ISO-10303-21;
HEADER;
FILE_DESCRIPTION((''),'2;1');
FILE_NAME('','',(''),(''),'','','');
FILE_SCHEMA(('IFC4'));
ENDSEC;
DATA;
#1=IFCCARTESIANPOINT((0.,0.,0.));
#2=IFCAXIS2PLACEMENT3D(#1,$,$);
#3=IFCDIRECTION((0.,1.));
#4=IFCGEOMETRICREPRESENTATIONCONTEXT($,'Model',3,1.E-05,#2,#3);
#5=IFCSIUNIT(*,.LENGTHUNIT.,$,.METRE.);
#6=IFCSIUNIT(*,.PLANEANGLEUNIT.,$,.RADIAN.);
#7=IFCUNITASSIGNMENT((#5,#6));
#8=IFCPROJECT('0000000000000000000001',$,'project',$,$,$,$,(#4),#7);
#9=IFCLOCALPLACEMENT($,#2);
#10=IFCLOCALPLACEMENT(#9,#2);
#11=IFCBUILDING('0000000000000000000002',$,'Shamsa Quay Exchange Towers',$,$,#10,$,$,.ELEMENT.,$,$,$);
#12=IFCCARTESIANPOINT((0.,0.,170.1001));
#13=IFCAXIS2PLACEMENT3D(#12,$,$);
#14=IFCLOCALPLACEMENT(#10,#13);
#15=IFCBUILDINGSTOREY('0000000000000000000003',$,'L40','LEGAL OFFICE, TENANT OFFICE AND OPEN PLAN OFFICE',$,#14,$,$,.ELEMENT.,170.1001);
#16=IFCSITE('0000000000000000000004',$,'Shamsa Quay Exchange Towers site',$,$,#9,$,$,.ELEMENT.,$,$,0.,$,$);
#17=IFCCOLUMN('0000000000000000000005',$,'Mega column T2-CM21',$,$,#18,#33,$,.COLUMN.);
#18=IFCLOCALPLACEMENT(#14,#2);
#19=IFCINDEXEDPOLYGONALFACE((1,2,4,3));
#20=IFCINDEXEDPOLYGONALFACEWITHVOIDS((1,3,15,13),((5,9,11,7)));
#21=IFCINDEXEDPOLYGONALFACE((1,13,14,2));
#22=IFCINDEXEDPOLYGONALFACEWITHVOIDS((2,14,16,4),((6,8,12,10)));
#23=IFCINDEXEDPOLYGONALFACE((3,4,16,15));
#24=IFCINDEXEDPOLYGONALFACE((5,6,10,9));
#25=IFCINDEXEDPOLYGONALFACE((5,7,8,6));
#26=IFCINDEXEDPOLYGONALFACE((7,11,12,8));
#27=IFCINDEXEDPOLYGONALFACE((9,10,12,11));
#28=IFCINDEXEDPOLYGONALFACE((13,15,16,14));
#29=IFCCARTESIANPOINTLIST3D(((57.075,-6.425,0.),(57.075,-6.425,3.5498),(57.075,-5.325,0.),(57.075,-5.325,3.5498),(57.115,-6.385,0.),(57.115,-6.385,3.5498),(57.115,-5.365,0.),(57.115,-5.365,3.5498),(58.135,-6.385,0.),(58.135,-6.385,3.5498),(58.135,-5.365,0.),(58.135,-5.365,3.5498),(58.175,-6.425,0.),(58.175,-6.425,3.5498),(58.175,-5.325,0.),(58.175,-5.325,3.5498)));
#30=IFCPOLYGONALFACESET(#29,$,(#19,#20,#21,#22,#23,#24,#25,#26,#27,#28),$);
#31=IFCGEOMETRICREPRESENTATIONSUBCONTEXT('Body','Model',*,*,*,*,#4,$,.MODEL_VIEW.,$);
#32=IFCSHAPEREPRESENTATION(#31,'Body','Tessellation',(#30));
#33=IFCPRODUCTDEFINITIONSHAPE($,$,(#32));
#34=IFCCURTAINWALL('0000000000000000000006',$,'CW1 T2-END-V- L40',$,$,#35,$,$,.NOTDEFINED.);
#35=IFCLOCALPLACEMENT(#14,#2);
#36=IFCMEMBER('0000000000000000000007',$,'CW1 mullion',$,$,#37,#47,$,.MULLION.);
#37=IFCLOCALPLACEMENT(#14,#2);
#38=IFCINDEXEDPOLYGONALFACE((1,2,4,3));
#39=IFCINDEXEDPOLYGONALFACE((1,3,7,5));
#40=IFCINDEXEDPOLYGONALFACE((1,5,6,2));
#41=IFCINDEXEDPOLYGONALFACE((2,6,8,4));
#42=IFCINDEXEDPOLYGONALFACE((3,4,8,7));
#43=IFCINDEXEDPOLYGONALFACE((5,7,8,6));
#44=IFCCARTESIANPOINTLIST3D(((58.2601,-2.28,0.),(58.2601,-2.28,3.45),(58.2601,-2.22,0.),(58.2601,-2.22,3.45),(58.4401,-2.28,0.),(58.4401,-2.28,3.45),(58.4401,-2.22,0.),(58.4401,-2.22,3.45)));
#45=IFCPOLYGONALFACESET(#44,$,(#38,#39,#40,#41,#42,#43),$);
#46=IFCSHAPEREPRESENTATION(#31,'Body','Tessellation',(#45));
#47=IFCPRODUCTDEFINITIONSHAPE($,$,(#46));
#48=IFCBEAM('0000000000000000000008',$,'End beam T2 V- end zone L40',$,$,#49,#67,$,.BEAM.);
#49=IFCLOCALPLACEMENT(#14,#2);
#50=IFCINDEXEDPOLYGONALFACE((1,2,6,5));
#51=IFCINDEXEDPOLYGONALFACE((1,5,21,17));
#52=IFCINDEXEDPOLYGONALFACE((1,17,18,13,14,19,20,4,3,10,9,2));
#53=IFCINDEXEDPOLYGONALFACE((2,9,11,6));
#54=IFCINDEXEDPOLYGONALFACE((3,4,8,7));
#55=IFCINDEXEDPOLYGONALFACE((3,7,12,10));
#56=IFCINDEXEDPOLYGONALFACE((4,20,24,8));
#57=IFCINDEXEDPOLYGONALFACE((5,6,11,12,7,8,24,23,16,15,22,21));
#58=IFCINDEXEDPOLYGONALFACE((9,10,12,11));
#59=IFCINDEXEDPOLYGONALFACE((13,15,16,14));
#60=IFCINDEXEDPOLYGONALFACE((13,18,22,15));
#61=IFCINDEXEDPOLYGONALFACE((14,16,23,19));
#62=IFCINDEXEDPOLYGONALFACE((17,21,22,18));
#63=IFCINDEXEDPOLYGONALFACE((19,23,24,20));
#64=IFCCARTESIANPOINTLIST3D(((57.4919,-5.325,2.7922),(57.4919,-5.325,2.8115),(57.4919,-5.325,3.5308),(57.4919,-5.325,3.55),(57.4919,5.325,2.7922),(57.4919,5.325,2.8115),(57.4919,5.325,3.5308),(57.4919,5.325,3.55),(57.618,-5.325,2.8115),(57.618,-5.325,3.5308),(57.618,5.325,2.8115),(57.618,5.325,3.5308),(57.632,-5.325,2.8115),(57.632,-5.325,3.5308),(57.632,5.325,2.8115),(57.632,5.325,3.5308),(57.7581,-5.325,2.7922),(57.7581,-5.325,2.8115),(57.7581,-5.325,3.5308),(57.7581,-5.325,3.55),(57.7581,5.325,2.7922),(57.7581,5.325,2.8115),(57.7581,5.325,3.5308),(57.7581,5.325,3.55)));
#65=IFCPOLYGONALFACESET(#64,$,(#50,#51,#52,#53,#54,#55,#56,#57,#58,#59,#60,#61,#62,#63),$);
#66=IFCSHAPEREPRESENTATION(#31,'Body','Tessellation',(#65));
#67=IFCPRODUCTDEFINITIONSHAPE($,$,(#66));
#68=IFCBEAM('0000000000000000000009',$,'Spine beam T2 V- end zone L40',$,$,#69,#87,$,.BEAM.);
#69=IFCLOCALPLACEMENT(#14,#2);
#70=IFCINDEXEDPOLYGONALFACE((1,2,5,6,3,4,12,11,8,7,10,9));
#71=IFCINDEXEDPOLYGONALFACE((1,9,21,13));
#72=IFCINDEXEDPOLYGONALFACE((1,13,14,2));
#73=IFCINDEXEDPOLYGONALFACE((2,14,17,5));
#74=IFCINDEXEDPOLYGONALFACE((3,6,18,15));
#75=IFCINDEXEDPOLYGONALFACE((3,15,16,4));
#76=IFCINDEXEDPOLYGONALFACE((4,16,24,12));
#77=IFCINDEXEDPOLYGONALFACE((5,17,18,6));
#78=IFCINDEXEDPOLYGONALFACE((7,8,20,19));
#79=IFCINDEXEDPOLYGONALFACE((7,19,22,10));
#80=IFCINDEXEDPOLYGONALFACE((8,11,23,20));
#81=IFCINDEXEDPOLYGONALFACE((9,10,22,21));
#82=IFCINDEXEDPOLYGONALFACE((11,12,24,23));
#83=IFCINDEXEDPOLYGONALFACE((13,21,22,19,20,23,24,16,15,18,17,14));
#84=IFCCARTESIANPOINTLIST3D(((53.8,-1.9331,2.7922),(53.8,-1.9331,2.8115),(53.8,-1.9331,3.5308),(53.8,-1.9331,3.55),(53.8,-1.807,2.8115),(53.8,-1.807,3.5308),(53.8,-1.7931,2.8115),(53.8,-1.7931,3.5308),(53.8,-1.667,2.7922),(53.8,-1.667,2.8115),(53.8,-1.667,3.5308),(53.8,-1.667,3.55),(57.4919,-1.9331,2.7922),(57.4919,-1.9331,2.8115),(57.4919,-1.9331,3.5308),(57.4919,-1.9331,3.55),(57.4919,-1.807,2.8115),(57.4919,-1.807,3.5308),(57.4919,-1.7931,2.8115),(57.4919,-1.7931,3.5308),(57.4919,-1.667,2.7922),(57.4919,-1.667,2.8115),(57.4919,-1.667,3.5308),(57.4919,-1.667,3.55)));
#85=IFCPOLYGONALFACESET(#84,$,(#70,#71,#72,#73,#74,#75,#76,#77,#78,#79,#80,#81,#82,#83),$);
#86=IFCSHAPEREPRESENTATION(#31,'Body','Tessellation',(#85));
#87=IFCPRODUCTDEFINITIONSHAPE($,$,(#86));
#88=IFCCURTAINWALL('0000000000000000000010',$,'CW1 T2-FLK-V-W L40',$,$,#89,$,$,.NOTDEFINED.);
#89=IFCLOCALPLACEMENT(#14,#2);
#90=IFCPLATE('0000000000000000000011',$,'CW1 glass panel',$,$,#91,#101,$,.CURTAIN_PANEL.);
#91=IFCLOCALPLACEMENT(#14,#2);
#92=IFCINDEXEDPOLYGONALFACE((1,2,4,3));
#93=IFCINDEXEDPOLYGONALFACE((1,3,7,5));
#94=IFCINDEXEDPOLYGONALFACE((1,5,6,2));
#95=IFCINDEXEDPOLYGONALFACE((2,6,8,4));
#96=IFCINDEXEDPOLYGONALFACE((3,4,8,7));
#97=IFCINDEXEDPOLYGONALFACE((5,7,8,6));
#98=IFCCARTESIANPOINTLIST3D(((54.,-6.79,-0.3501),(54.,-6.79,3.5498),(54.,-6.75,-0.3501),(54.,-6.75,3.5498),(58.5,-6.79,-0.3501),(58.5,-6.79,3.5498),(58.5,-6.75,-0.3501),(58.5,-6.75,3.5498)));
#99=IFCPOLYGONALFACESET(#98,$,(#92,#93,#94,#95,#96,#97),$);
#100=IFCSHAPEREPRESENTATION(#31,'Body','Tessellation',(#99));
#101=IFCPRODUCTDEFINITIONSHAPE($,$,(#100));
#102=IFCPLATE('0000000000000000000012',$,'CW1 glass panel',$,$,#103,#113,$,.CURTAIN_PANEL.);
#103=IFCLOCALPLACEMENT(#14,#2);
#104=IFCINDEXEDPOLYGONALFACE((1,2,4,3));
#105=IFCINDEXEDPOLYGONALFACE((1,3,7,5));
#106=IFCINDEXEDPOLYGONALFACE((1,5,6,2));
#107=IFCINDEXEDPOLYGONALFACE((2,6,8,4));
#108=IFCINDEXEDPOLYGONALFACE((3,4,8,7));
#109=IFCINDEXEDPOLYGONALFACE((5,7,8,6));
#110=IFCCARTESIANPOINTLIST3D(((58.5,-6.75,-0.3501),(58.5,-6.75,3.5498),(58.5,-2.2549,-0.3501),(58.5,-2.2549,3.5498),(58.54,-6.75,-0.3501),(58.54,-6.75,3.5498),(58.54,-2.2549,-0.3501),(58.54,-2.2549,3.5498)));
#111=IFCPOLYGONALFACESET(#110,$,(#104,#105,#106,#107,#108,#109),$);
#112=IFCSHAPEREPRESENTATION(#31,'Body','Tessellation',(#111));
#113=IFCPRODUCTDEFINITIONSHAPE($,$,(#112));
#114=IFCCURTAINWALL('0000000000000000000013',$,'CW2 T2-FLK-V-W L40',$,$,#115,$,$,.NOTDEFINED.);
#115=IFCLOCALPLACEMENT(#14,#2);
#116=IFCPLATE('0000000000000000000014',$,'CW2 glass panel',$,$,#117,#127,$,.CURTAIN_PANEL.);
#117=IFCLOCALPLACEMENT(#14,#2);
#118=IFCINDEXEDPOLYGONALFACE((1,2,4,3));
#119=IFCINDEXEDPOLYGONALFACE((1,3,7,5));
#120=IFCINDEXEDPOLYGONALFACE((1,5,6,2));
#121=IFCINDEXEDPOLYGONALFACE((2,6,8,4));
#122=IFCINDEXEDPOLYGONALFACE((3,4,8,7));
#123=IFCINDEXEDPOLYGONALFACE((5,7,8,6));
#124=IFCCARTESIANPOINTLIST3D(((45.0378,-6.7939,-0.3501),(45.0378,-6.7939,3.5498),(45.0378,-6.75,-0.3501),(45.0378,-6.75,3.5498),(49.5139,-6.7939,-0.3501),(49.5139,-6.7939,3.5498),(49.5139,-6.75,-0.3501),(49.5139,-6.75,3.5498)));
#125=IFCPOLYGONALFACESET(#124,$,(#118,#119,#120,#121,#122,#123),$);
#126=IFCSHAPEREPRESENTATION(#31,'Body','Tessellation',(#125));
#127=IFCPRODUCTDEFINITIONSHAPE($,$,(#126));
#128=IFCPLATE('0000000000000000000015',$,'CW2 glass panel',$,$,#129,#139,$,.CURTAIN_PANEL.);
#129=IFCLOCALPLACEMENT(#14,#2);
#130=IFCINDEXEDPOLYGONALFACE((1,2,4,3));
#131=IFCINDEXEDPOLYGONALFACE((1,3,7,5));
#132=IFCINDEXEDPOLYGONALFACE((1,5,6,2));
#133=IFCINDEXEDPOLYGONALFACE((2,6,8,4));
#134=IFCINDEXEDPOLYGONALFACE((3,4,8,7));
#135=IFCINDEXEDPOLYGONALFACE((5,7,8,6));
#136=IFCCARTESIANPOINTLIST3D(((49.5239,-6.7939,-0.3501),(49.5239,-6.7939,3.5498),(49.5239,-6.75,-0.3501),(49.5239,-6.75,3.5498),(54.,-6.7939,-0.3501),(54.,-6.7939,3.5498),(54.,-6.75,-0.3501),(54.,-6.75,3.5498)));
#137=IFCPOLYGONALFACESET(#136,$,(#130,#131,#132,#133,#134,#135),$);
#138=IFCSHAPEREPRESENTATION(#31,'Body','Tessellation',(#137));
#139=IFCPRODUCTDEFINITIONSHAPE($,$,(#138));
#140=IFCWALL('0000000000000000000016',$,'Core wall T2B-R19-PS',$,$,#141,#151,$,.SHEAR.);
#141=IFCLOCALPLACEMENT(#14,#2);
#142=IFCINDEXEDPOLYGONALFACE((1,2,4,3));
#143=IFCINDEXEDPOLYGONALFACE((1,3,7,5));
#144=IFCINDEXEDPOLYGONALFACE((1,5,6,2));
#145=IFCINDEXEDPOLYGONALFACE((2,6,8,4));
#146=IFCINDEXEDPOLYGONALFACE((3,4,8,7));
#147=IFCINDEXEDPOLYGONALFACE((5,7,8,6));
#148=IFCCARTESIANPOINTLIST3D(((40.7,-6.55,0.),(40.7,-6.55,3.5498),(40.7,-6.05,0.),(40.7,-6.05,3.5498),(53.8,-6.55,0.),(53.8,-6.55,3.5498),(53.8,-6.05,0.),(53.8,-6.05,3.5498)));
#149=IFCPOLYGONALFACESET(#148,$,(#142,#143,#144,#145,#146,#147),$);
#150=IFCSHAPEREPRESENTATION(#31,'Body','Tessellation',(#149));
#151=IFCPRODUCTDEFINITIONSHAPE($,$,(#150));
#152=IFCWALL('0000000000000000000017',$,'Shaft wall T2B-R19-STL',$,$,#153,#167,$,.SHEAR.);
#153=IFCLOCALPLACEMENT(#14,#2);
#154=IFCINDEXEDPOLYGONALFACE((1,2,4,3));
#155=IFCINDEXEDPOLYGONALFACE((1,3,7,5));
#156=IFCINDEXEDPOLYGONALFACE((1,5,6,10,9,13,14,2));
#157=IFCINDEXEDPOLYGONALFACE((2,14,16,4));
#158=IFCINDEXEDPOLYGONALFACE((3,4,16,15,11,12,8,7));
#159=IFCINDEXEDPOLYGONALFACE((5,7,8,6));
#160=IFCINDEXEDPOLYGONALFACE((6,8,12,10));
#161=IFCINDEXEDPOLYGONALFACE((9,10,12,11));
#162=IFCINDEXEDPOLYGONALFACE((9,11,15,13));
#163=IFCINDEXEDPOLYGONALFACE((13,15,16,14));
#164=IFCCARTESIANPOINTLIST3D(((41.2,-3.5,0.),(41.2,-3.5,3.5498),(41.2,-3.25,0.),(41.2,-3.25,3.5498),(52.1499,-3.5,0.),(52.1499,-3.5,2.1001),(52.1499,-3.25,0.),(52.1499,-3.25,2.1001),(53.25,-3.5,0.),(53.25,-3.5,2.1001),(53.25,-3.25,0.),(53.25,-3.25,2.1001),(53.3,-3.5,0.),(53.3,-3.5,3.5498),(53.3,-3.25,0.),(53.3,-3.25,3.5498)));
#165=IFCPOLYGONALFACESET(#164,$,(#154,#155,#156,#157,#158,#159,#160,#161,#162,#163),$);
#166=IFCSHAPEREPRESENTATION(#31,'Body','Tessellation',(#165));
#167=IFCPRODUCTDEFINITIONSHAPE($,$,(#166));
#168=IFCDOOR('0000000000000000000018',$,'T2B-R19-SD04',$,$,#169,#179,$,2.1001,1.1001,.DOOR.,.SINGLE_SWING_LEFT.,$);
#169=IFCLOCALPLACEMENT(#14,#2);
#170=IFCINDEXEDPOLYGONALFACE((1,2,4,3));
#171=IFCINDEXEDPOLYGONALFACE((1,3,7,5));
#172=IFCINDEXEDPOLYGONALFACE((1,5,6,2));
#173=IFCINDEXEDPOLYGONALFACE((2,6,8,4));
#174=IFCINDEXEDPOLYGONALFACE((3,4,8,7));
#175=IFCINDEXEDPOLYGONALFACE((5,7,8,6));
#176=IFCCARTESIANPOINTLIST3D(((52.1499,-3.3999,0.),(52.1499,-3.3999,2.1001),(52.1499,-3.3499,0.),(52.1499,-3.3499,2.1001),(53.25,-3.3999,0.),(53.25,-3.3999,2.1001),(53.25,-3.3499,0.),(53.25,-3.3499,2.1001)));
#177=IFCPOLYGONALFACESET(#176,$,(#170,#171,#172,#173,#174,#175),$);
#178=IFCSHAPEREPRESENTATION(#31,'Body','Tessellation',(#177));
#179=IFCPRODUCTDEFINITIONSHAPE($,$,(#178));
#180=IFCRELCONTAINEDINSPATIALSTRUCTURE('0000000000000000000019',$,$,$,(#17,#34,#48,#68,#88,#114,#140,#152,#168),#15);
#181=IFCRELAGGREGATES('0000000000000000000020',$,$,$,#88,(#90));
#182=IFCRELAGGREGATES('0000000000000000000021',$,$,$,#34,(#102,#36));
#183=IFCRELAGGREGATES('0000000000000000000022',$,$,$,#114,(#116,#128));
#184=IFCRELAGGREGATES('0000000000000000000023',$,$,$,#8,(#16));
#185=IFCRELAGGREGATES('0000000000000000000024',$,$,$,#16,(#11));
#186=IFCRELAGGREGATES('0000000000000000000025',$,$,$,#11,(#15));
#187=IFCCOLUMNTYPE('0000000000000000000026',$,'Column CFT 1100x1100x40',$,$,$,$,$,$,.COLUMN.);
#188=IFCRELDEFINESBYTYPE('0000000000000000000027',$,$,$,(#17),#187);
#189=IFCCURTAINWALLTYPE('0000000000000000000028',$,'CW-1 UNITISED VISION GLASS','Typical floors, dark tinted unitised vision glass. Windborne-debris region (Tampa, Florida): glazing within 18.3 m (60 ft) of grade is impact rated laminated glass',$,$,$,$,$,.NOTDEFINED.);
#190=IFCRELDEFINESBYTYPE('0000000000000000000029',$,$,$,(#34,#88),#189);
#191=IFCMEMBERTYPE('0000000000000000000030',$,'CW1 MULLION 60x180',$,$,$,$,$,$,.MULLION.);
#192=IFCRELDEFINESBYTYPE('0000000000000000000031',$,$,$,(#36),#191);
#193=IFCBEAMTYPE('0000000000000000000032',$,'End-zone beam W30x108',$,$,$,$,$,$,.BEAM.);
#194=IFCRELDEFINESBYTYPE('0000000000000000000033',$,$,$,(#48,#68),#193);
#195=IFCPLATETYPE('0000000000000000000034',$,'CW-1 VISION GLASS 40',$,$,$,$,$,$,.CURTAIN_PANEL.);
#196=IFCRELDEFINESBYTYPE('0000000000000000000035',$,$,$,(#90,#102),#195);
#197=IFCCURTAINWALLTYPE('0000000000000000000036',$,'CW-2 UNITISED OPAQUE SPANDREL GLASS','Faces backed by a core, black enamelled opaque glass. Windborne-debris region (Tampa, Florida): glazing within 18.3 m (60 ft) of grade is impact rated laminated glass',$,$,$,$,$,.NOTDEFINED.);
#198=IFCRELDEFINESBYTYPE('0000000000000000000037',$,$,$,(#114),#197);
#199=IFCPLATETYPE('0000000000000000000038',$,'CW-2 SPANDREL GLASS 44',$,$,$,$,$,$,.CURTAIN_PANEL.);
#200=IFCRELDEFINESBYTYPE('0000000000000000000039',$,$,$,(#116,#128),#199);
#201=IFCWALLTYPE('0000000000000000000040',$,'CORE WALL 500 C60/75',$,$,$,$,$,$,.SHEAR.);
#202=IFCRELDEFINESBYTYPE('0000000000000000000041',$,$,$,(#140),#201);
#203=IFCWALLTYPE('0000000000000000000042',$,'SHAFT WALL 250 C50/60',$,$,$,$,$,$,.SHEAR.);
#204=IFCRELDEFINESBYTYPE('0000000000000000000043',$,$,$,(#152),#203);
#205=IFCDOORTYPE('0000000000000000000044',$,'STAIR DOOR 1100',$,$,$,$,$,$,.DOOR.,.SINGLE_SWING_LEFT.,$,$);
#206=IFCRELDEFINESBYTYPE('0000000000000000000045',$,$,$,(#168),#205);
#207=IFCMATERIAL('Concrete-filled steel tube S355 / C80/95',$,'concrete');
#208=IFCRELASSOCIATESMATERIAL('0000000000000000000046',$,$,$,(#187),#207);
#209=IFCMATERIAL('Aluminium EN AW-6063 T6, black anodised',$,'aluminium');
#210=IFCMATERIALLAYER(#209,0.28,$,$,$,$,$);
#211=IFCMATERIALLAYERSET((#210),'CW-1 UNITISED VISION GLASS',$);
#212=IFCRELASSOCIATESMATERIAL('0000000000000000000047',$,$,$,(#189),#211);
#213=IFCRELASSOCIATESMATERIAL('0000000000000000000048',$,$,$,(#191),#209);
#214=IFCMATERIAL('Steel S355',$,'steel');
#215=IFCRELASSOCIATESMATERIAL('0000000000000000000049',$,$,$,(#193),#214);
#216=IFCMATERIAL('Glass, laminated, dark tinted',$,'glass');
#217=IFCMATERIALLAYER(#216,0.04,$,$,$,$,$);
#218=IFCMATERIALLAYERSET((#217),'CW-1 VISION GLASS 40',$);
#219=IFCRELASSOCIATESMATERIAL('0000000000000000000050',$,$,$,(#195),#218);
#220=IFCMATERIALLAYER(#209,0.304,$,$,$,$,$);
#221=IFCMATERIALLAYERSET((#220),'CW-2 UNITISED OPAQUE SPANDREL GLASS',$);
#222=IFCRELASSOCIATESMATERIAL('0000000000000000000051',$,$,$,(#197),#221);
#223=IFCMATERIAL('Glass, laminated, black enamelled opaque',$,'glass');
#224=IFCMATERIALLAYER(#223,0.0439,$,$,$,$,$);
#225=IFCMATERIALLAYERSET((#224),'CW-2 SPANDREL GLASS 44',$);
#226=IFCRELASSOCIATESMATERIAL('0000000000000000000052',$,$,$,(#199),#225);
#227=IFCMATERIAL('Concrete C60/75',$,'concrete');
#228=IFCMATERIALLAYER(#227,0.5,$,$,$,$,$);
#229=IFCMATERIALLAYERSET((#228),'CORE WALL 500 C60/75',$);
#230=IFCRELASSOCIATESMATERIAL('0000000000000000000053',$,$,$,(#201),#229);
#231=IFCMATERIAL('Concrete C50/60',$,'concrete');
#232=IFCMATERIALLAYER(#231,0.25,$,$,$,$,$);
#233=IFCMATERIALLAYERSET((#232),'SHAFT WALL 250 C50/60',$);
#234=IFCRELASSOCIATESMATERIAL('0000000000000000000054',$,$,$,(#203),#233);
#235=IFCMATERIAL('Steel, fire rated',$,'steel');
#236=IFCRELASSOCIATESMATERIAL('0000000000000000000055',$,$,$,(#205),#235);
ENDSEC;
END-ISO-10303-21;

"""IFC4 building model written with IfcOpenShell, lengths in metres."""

from ifc_helpers import new_model, si_unit, direction, frame, frame_2d, origin, origin_2d, place, context, subcontext, project, spatial, rectangle, hollow_rectangle, i_section, extrude, material, layer, layer_set, material_profile, profile_set, type_object, element, fill, aggregate, save


model = new_model("IFC4")

# Units and contexts
model_context = context("Model", 3, precision=1e-05, world=origin(), true_north=direction((0.0, 1.0)))
body_context = subcontext(model_context, "Body", "Model", "MODEL_VIEW")
ifc_project = project(units=[si_unit("LENGTHUNIT", "METRE"), si_unit("PLANEANGLEUNIT", "RADIAN")], contexts=[model_context])

# Site, building, storey
site_placement = place(None, origin())
site = spatial("IfcSite", under=ifc_project, at=site_placement, Name="Shamsa Quay Exchange Towers site", CompositionType="ELEMENT", RefElevation=0.0)
building_placement = place(site_placement, origin())
building = spatial("IfcBuilding", under=site, at=building_placement, Name="Shamsa Quay Exchange Towers", CompositionType="ELEMENT")
storey_placement = place(building_placement, frame((0.0, 0.0, 170.1001)))
storey = spatial("IfcBuildingStorey", under=building, at=storey_placement, Name="L40", Description="LEGAL OFFICE, TENANT OFFICE AND OPEN PLAN OFFICE", CompositionType="ELEMENT", Elevation=170.1001)

# Column
ifc_material_1 = material(Name="Concrete-filled steel tube S355 / C80/95", Category="concrete")
ifc_material_profile_1 = material_profile(ifc_material_1, hollow_rectangle(XDim=1.1001, YDim=1.1001, WallThickness=0.04, at=origin_2d()), Name="CFT 1100x1100x40")
ifc_profile_set_1 = profile_set([ifc_material_profile_1], Name="Concrete-filled steel tube S355 / C80/95")
column_type = type_object("IfcColumnType", Name="Column CFT 1100x1100x40", PredefinedType="COLUMN", material=ifc_profile_set_1)
column_placement = place(storey_placement, frame((57.625, -5.875, 0.0)))
element("IfcColumn", 1, at=column_placement, inside=storey, type_object=column_type, Name="Mega column T2-CM21", PredefinedType="COLUMN", context=body_context, shape_type="SweptSolid", body=[
    extrude(hollow_rectangle(XDim=1.1001, YDim=1.1001, WallThickness=0.04, at=origin_2d()), origin(), (0.0, 0.0, 1.0), 3.5498),
])

# Curtain wall, member
ifc_material_2 = material(Name="Aluminium EN AW-6063 T6, black anodised", Category="aluminium")
ifc_layer_1 = layer(ifc_material_2, 0.28)
ifc_layer_set_1 = layer_set([ifc_layer_1], Name="CW-1 UNITISED VISION GLASS")
curtain_wall_type_1 = type_object("IfcCurtainWallType", Name="CW-1 UNITISED VISION GLASS", Description="Typical floors, dark tinted unitised vision glass. Windborne-debris region (Tampa, Florida): glazing within 18.3 m (60 ft) of grade is impact rated laminated glass", PredefinedType="NOTDEFINED", material=ifc_layer_set_1)
curtain_wall_1_placement = place(storey_placement, origin())
curtain_wall_1 = element("IfcCurtainWall", 2, at=curtain_wall_1_placement, inside=storey, type_object=curtain_wall_type_1, Name="CW1 T2-END-V- L40", PredefinedType="NOTDEFINED")
ifc_material_profile_2 = material_profile(ifc_material_2, rectangle(XDim=0.1799, YDim=0.0601, at=origin_2d()), Name="MU60x180")
ifc_profile_set_2 = profile_set([ifc_material_profile_2], Name="Aluminium EN AW-6063 T6, black anodised")
member_type = type_object("IfcMemberType", Name="CW1 MULLION 60x180", PredefinedType="MULLION", material=ifc_profile_set_2)
member_placement = place(storey_placement, frame((58.3501, -2.25, 0.0), z_axis=(0.0, 0.0, 1.0), x_axis=(-1.0, 0.0, 0.0)))
member = element("IfcMember", 3, at=member_placement, type_object=member_type, Name="CW1 mullion", PredefinedType="MULLION", context=body_context, shape_type="SweptSolid", body=[
    extrude(rectangle(XDim=0.1799, YDim=0.0601, at=origin_2d()), origin(), (0.0, 0.0, 1.0), 3.45),
])

# Beams
ifc_material_3 = material(Name="Steel S355", Category="steel")
ifc_material_profile_3 = material_profile(ifc_material_3, i_section(OverallWidth=0.2661, OverallDepth=0.7578, WebThickness=0.0139, FlangeThickness=0.0193, at=origin_2d()), Name="W30x108")
ifc_profile_set_3 = profile_set([ifc_material_profile_3], Name="Steel S355")
beam_type = type_object("IfcBeamType", Name="End-zone beam W30x108", PredefinedType="BEAM", material=ifc_profile_set_3)
beam_1_placement = place(storey_placement, frame((57.625, -5.325, 3.1711), z_axis=(0.0, 1.0, 0.0), x_axis=(-1.0, 0.0, 0.0)))
element("IfcBeam", 4, at=beam_1_placement, inside=storey, type_object=beam_type, Name="End beam T2 V- end zone L40", PredefinedType="BEAM", context=body_context, shape_type="SweptSolid", body=[
    extrude(i_section(OverallWidth=0.2661, OverallDepth=0.7578, WebThickness=0.0139, FlangeThickness=0.0193, at=origin_2d()), origin(), (0.0, 0.0, 1.0), 10.6499),
])
beam_2_placement = place(storey_placement, frame((53.8, -1.8, 3.1711), z_axis=(1.0, 0.0, 0.0), x_axis=(0.0, 1.0, 0.0)))
element("IfcBeam", 5, at=beam_2_placement, inside=storey, type_object=beam_type, Name="Spine beam T2 V- end zone L40", PredefinedType="BEAM", context=body_context, shape_type="SweptSolid", body=[
    extrude(i_section(OverallWidth=0.2661, OverallDepth=0.7578, WebThickness=0.0139, FlangeThickness=0.0193, at=origin_2d()), origin(), (0.0, 0.0, 1.0), 3.6919),
])

# Curtain wall, plate
curtain_wall_2_placement = place(storey_placement, origin())
curtain_wall_2 = element("IfcCurtainWall", 6, at=curtain_wall_2_placement, inside=storey, type_object=curtain_wall_type_1, Name="CW1 T2-FLK-V-W L40", PredefinedType="NOTDEFINED")
ifc_material_4 = material(Name="Glass, laminated, dark tinted", Category="glass")
ifc_layer_2 = layer(ifc_material_4, 0.04)
ifc_layer_set_2 = layer_set([ifc_layer_2], Name="CW-1 VISION GLASS 40")
plate_type_1 = type_object("IfcPlateType", Name="CW-1 VISION GLASS 40", PredefinedType="CURTAIN_PANEL", material=ifc_layer_set_2)
plate_1_placement = place(storey_placement, frame((56.25, -6.77, -0.3501)))
plate_1 = element("IfcPlate", 7, at=plate_1_placement, type_object=plate_type_1, Name="CW1 glass panel", PredefinedType="CURTAIN_PANEL", context=body_context, shape_type="SweptSolid", body=[
    extrude(rectangle(XDim=4.5, YDim=0.04, at=origin_2d()), origin(), (0.0, 0.0, 1.0), 3.8999),
])
aggregate(curtain_wall_2, [plate_1])

# Plate
plate_2_placement = place(storey_placement, frame((58.52, -4.5024, -0.3501), z_axis=(0.0, 0.0, 1.0), x_axis=(0.0, 1.0, 0.0)))
plate_2 = element("IfcPlate", 8, at=plate_2_placement, type_object=plate_type_1, Name="CW1 glass panel", PredefinedType="CURTAIN_PANEL", context=body_context, shape_type="SweptSolid", body=[
    extrude(rectangle(XDim=4.4951, YDim=0.04, at=origin_2d()), origin(), (0.0, 0.0, 1.0), 3.8999),
])
aggregate(curtain_wall_1, [plate_2, member])

# Curtain wall, plates
ifc_layer_3 = layer(ifc_material_2, 0.304)
ifc_layer_set_3 = layer_set([ifc_layer_3], Name="CW-2 UNITISED OPAQUE SPANDREL GLASS")
curtain_wall_type_2 = type_object("IfcCurtainWallType", Name="CW-2 UNITISED OPAQUE SPANDREL GLASS", Description="Faces backed by a core, black enamelled opaque glass. Windborne-debris region (Tampa, Florida): glazing within 18.3 m (60 ft) of grade is impact rated laminated glass", PredefinedType="NOTDEFINED", material=ifc_layer_set_3)
curtain_wall_3_placement = place(storey_placement, origin())
curtain_wall_3 = element("IfcCurtainWall", 9, at=curtain_wall_3_placement, inside=storey, type_object=curtain_wall_type_2, Name="CW2 T2-FLK-V-W L40", PredefinedType="NOTDEFINED")
ifc_material_5 = material(Name="Glass, laminated, black enamelled opaque", Category="glass")
ifc_layer_4 = layer(ifc_material_5, 0.0439)
ifc_layer_set_4 = layer_set([ifc_layer_4], Name="CW-2 SPANDREL GLASS 44")
plate_type_2 = type_object("IfcPlateType", Name="CW-2 SPANDREL GLASS 44", PredefinedType="CURTAIN_PANEL", material=ifc_layer_set_4)
plate_3_placement = place(storey_placement, frame((47.2759, -6.772, -0.3501)))
plate_3 = element("IfcPlate", 10, at=plate_3_placement, type_object=plate_type_2, Name="CW2 glass panel", PredefinedType="CURTAIN_PANEL", context=body_context, shape_type="SweptSolid", body=[
    extrude(rectangle(XDim=4.4761, YDim=0.0439, at=origin_2d()), origin(), (0.0, 0.0, 1.0), 3.8999),
])
plate_4_placement = place(storey_placement, frame((51.762, -6.772, -0.3501)))
plate_4 = element("IfcPlate", 11, at=plate_4_placement, type_object=plate_type_2, Name="CW2 glass panel", PredefinedType="CURTAIN_PANEL", context=body_context, shape_type="SweptSolid", body=[
    extrude(rectangle(XDim=4.4761, YDim=0.0439, at=origin_2d()), origin(), (0.0, 0.0, 1.0), 3.8999),
])
aggregate(curtain_wall_3, [plate_3, plate_4])

# Wall
ifc_material_6 = material(Name="Concrete C60/75", Category="concrete")
ifc_layer_5 = layer(ifc_material_6, 0.5)
ifc_layer_set_5 = layer_set([ifc_layer_5], Name="CORE WALL 500 C60/75")
wall_type_1 = type_object("IfcWallType", Name="CORE WALL 500 C60/75", PredefinedType="SHEAR", material=ifc_layer_set_5)
wall_1_placement = place(storey_placement, frame((53.8, -6.3, 0.0), z_axis=(0.0, 0.0, 1.0), x_axis=(-1.0, 0.0, 0.0)))
element("IfcWall", 12, at=wall_1_placement, inside=storey, type_object=wall_type_1, Name="Core wall T2B-R19-PS", PredefinedType="SHEAR", context=body_context, shape_type="SweptSolid", body=[
    extrude(rectangle(XDim=13.1001, YDim=0.5, at=frame_2d((6.55, 0.0))), origin(), (0.0, 0.0, 1.0), 3.5498),
])

# Wall, opening, door
ifc_material_7 = material(Name="Steel, fire rated", Category="steel")
ifc_material_8 = material(Name="Concrete C50/60", Category="concrete")
ifc_layer_6 = layer(ifc_material_8, 0.25)
ifc_layer_set_6 = layer_set([ifc_layer_6], Name="SHAFT WALL 250 C50/60")
wall_type_2 = type_object("IfcWallType", Name="SHAFT WALL 250 C50/60", PredefinedType="SHEAR", material=ifc_layer_set_6)
wall_2_placement = place(storey_placement, frame((53.3, -3.375, 0.0), z_axis=(0.0, 0.0, 1.0), x_axis=(-1.0, 0.0, 0.0)))
wall_2 = element("IfcWall", 13, at=wall_2_placement, inside=storey, type_object=wall_type_2, Name="Shaft wall T2B-R19-STL", PredefinedType="SHEAR", context=body_context, shape_type="SweptSolid", body=[
    extrude(rectangle(XDim=12.1001, YDim=0.25, at=frame_2d((6.05, 0.0))), origin(), (0.0, 0.0, 1.0), 3.5498),
])
opening_1_placement = place(wall_2_placement, frame((0.05, 0.0, 0.0)))
opening_1 = element("IfcOpeningElement", 14, at=opening_1_placement, cuts=wall_2, PredefinedType="OPENING", context=body_context, shape_type="SweptSolid", body=[
    extrude(rectangle(XDim=1.1001, YDim=2.1001, at=frame_2d((0.55, 1.05))), frame((0.0, 0.135, 0.0), z_axis=(0.0, -1.0, 0.0), x_axis=(1.0, 0.0, 0.0)), (0.0, 0.0, 1.0), 0.27),
])
door_type_1 = type_object("IfcDoorType", Name="STAIR DOOR 1100", OperationType="SINGLE_SWING_LEFT", PredefinedType="DOOR", material=ifc_material_7)
door_1_placement = place(opening_1_placement, origin())
door_1 = element("IfcDoor", 15, at=door_1_placement, inside=storey, type_object=door_type_1, Name="T2B-R19-SD04", OperationType="SINGLE_SWING_LEFT", OverallHeight=2.1001, OverallWidth=1.1001, PredefinedType="DOOR", context=body_context, shape_type="SweptSolid", body=[
    extrude(rectangle(XDim=1.1001, YDim=2.1001, at=frame_2d((0.55, 1.05))), frame((0.0, 0.0249, 0.0), z_axis=(0.0, -1.0, 0.0), x_axis=(1.0, 0.0, 0.0)), (0.0, 0.0, 1.0), 0.05),
])
fill(opening_1, door_1)

save(model, "model.ifc")
